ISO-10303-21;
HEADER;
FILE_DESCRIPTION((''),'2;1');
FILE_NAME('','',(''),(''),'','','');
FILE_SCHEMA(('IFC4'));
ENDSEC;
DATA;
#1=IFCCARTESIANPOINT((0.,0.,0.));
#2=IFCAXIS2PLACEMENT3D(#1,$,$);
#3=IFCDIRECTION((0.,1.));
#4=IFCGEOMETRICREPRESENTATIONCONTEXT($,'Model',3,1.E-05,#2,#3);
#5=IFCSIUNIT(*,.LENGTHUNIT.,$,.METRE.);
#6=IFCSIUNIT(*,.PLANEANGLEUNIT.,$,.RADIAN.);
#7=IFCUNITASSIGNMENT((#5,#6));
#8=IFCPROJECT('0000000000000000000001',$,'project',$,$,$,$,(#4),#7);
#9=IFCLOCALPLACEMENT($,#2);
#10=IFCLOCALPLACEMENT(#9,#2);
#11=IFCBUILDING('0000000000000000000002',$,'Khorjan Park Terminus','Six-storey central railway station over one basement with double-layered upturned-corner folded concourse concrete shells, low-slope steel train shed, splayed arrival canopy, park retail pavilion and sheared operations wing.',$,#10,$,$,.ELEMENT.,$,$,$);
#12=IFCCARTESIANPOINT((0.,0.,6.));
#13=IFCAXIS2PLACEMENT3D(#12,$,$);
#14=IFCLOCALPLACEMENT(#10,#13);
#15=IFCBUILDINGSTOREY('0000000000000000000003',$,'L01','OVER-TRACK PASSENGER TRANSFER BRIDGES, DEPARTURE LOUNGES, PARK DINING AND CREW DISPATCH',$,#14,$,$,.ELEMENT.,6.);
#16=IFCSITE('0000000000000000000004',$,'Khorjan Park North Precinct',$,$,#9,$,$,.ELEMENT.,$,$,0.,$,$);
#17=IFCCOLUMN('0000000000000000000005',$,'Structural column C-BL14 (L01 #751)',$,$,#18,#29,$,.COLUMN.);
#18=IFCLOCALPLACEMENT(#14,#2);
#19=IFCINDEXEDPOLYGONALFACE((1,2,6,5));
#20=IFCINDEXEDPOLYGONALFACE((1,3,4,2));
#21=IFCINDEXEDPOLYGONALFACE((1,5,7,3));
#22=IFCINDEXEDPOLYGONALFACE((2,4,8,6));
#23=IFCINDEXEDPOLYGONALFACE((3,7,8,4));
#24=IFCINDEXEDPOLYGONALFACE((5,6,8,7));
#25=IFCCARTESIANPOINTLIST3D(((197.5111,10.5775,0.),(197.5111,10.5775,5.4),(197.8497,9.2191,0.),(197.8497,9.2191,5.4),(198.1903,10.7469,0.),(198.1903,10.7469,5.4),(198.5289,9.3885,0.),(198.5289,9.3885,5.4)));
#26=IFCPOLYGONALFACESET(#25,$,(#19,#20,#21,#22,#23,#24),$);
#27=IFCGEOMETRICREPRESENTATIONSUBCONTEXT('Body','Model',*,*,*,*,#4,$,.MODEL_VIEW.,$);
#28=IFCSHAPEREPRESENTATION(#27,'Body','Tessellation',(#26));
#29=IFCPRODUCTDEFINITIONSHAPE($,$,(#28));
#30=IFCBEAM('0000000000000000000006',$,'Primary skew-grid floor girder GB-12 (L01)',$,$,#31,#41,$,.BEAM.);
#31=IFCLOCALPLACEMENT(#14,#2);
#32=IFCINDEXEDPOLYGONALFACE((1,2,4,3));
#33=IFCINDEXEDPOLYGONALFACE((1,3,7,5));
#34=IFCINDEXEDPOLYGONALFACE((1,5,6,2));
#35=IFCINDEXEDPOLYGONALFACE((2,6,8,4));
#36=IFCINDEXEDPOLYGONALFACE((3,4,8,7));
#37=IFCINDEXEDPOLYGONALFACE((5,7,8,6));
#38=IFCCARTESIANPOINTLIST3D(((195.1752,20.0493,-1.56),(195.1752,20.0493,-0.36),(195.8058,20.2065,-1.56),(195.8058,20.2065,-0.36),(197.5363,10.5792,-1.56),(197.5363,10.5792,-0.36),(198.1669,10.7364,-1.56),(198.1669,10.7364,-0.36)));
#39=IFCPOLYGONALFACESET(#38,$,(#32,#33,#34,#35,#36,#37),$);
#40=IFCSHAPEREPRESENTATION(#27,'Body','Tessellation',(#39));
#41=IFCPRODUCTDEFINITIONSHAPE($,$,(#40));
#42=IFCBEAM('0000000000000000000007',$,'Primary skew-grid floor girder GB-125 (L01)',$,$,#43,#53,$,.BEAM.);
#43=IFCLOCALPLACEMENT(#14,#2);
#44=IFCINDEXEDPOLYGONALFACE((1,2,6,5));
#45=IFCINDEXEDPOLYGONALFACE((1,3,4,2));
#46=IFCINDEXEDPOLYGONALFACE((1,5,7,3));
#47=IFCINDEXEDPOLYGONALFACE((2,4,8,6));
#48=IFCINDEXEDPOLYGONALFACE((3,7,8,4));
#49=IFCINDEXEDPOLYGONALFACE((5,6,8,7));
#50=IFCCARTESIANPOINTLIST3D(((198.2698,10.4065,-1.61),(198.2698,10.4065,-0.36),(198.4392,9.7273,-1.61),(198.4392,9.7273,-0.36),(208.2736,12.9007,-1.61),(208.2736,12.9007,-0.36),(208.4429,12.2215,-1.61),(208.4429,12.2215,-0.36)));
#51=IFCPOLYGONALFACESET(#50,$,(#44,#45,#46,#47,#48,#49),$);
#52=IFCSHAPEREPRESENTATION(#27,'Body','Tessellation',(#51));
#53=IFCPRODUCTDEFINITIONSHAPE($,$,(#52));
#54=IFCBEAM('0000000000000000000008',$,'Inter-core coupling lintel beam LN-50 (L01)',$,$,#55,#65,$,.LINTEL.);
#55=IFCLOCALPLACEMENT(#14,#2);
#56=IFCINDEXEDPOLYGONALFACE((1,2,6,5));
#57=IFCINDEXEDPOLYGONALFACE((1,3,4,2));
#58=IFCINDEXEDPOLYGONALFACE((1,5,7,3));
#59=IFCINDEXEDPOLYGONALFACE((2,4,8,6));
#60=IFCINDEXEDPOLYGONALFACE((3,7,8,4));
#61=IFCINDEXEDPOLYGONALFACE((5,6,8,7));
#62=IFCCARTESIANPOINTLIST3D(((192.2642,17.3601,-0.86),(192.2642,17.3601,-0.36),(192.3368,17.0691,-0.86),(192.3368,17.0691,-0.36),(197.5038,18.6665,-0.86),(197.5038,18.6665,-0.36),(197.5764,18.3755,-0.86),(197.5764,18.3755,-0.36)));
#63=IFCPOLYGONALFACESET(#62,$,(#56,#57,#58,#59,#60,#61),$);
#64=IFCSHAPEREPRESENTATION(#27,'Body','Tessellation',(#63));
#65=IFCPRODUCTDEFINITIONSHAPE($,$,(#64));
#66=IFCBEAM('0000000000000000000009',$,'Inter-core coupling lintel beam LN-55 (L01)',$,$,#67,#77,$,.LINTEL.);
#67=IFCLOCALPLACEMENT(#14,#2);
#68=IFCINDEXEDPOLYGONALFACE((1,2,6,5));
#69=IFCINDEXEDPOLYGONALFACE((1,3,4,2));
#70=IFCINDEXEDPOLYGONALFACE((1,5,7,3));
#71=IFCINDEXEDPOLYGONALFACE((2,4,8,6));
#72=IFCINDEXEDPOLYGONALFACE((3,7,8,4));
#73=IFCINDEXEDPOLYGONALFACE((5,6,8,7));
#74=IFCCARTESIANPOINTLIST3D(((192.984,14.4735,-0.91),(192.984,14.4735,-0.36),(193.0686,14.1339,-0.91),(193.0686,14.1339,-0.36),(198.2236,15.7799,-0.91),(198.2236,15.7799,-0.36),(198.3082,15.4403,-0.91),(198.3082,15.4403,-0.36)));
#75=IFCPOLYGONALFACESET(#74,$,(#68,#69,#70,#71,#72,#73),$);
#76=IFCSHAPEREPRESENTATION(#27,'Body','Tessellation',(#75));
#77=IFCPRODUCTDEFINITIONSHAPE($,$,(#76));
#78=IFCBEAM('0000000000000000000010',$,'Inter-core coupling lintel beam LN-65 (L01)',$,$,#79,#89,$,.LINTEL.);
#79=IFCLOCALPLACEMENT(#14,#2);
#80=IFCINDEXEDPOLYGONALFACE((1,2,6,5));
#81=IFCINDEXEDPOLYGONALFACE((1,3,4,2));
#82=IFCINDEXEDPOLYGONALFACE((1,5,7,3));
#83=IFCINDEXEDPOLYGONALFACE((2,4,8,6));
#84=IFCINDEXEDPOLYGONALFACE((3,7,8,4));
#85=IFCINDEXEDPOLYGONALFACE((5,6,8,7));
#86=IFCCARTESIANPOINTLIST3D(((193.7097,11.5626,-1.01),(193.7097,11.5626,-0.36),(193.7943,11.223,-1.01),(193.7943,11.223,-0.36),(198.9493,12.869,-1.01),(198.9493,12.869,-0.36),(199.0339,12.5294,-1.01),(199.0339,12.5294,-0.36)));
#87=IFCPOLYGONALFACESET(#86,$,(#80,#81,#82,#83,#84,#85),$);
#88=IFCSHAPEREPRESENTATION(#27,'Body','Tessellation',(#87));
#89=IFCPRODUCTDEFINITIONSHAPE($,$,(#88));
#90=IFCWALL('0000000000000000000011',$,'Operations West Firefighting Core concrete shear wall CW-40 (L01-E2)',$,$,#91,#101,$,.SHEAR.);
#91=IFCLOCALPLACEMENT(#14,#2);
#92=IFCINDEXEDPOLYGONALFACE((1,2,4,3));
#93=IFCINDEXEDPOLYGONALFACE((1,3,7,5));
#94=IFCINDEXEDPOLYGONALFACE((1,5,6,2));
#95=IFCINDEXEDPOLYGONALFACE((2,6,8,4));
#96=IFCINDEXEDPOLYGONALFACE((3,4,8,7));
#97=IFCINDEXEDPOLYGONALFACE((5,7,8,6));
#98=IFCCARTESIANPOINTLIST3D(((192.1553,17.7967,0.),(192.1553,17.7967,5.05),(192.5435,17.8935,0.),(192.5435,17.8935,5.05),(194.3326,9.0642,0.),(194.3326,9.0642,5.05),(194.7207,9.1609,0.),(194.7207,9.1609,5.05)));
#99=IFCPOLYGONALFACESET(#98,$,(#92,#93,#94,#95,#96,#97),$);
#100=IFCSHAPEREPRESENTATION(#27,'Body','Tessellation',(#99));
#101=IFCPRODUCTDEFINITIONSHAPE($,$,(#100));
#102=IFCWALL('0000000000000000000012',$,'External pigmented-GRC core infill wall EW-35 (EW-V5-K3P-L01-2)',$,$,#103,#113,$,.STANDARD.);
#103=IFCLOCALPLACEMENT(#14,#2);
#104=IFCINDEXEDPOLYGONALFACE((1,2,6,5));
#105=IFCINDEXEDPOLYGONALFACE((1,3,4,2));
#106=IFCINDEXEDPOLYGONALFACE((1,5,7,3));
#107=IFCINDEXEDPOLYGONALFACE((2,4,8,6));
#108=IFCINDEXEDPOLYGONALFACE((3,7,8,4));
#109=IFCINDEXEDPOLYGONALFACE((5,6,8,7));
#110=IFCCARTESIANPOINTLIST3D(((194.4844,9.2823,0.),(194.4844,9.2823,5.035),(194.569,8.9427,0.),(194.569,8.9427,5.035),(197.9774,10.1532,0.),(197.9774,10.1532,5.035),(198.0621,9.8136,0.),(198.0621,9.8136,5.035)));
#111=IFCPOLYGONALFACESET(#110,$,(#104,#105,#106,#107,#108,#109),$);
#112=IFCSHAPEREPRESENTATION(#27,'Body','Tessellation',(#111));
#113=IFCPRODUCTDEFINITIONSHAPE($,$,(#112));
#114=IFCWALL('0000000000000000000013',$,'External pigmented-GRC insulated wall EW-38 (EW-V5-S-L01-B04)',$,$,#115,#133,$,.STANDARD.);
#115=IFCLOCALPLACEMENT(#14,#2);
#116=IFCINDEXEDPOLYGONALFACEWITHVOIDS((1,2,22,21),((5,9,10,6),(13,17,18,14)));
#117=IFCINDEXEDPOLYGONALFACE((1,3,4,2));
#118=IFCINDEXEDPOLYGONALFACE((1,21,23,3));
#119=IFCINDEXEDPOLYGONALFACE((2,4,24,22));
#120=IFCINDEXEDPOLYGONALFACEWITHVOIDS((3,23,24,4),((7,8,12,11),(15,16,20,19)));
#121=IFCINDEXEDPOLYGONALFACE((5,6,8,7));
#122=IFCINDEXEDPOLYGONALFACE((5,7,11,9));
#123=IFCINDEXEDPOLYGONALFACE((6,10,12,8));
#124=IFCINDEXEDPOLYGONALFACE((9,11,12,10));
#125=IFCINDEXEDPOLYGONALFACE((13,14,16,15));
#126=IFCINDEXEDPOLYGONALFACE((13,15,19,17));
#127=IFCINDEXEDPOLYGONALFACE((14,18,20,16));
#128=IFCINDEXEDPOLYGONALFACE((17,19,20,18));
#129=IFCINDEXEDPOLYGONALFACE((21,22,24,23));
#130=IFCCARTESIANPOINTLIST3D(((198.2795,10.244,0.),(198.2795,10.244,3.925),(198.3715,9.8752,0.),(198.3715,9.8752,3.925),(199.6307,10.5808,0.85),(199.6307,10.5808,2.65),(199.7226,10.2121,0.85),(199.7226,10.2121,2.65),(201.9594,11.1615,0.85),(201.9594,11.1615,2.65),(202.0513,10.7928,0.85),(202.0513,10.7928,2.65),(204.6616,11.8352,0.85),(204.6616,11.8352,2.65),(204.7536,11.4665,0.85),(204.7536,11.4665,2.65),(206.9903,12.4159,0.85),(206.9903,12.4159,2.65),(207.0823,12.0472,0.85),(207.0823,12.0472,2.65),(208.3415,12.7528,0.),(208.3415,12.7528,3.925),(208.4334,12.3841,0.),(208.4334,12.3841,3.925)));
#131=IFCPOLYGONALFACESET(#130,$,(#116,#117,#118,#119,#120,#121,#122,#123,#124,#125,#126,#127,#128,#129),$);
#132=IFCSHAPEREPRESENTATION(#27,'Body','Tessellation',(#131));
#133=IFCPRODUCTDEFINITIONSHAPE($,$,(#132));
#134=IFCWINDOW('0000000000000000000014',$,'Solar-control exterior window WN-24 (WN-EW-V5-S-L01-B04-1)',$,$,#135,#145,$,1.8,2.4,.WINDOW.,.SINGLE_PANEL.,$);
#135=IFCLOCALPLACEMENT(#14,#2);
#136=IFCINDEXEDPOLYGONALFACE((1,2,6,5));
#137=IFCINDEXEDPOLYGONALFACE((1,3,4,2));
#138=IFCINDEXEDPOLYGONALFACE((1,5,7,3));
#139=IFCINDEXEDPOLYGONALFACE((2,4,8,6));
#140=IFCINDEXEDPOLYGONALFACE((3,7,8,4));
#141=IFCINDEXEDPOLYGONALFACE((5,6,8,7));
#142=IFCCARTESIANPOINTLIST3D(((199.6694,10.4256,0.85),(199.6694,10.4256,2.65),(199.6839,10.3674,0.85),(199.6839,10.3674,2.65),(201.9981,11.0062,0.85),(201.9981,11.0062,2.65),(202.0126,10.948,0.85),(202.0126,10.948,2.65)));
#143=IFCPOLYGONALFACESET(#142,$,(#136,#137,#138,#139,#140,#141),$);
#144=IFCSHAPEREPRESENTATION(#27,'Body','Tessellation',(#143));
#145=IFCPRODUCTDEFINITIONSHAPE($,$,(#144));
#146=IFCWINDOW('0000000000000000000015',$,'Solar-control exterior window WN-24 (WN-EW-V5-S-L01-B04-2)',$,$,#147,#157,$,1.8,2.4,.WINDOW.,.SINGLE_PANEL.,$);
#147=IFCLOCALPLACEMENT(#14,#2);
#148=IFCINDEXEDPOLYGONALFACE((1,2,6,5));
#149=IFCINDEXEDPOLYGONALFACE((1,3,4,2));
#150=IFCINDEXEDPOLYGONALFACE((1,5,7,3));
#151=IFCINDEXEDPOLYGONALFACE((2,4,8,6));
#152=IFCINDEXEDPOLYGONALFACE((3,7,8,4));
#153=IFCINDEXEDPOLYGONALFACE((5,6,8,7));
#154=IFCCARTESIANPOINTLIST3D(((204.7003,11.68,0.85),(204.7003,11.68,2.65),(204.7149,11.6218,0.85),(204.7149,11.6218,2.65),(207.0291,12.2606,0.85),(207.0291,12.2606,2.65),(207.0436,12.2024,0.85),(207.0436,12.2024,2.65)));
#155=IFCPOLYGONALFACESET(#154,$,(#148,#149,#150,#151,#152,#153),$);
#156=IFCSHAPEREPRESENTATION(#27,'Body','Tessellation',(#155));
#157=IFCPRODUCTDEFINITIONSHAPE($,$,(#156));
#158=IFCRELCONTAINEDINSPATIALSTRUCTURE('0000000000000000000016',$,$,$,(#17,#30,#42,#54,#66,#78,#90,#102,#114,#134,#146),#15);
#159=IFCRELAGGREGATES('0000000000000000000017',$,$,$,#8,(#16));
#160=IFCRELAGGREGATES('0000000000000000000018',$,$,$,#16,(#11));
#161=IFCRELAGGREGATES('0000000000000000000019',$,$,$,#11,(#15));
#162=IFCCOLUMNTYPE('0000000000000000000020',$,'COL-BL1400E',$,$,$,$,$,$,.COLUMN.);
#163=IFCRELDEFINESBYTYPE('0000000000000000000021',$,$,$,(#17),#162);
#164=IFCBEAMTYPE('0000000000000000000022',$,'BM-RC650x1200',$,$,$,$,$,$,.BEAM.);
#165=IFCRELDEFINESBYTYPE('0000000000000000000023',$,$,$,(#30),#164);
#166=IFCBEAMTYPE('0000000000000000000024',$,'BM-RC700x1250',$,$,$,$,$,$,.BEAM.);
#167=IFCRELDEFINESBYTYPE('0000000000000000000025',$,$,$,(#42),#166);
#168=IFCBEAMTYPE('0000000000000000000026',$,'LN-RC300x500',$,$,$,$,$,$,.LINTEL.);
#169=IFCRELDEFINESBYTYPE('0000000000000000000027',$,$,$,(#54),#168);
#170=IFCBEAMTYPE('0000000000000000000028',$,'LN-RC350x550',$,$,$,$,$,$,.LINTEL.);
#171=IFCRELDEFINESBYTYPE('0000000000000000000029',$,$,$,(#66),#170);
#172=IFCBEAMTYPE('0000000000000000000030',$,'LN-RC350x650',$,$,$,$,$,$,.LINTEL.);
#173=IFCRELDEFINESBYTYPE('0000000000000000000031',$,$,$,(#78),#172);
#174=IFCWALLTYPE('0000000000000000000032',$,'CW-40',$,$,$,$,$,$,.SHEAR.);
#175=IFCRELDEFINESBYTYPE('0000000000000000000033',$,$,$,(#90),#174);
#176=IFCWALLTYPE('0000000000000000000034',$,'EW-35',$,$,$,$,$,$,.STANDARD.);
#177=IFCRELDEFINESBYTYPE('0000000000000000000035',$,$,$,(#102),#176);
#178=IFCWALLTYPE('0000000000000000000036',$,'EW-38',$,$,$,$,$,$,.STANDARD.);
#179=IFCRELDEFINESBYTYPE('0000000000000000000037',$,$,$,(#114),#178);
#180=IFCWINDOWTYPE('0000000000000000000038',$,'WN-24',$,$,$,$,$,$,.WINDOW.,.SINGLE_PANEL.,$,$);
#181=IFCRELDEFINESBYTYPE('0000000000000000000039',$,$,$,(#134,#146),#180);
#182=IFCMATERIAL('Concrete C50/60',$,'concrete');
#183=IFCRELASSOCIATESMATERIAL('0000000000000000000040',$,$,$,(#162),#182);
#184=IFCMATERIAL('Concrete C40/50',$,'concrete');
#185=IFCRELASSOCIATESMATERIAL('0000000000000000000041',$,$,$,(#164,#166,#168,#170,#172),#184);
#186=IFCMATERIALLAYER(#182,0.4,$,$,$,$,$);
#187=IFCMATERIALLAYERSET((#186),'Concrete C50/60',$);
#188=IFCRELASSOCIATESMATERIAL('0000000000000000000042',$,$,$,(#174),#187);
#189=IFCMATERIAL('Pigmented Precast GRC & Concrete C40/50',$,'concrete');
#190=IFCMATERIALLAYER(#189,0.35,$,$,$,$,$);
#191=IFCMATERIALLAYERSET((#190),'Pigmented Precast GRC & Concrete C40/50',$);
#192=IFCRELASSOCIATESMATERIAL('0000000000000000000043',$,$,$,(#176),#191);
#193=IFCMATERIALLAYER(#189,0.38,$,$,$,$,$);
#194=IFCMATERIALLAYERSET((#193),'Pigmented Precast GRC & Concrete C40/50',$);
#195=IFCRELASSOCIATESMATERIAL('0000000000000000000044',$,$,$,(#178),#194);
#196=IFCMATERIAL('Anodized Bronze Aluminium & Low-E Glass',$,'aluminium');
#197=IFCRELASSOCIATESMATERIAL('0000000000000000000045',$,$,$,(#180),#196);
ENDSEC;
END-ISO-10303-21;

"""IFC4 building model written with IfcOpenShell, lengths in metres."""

from ifc_helpers import new_model, si_unit, direction, frame, frame_2d, origin, origin_2d, place, context, subcontext, project, spatial, rectangle, extrude, material, layer, layer_set, material_profile, profile_set, type_object, element, fill, save


model = new_model("IFC4")

# Units and contexts
model_context = context("Model", 3, precision=1e-05, world=origin(), true_north=direction((0.0, 1.0)))
body_context = subcontext(model_context, "Body", "Model", "MODEL_VIEW")
ifc_project = project(units=[si_unit("LENGTHUNIT", "METRE"), si_unit("PLANEANGLEUNIT", "RADIAN")], contexts=[model_context])

# Site, building, storey
site_placement = place(None, origin())
site = spatial("IfcSite", under=ifc_project, at=site_placement, Name="Khorjan Park North Precinct", CompositionType="ELEMENT", RefElevation=0.0)
building_placement = place(site_placement, origin())
building = spatial("IfcBuilding", under=site, at=building_placement, Name="Khorjan Park Terminus", Description="Six-storey central railway station over one basement with double-layered upturned-corner folded concourse concrete shells, low-slope steel train shed, splayed arrival canopy, park retail pavilion and sheared operations wing.", CompositionType="ELEMENT")
storey_placement = place(building_placement, frame((0.0, 0.0, 6.0)))
storey = spatial("IfcBuildingStorey", under=building, at=storey_placement, Name="L01", Description="OVER-TRACK PASSENGER TRANSFER BRIDGES, DEPARTURE LOUNGES, PARK DINING AND CREW DISPATCH", CompositionType="ELEMENT", Elevation=6.0)

# Column
ifc_material_1 = material(Name="Concrete C50/60", Category="concrete")
ifc_material_profile_1 = material_profile(ifc_material_1, rectangle(XDim=0.7, YDim=1.4, at=origin_2d()), Name="RC 700x1400")
ifc_profile_set_1 = profile_set([ifc_material_profile_1], Name="Concrete C50/60")
column_type = type_object("IfcColumnType", Name="COL-BL1400E", PredefinedType="COLUMN", material=ifc_profile_set_1)
column_placement = place(storey_placement, frame((198.02, 9.983, 0.0), z_axis=(0.0, 0.0, 1.0), x_axis=(0.970296, 0.241922, 0.0)))
element("IfcColumn", 1, at=column_placement, inside=storey, type_object=column_type, Name="Structural column C-BL14 (L01 #751)", PredefinedType="COLUMN", context=body_context, shape_type="SweptSolid", body=[
    extrude(rectangle(XDim=0.7, YDim=1.4, at=origin_2d()), origin(), (0.0, 0.0, 1.0), 5.4),
])

# Beams
ifc_material_2 = material(Name="Concrete C40/50", Category="concrete")
ifc_material_profile_2 = material_profile(ifc_material_2, rectangle(XDim=0.65, YDim=1.2, at=origin_2d()), Name="RC 650x1200")
ifc_profile_set_2 = profile_set([ifc_material_profile_2], Name="Concrete C40/50")
beam_type_1 = type_object("IfcBeamType", Name="BM-RC650x1200", PredefinedType="BEAM", material=ifc_profile_set_2)
beam_1_placement = place(storey_placement, frame((197.8516, 10.6578, -0.96), z_axis=(-0.241916, 0.970297, 0.0), x_axis=(-0.970297, -0.241916, 0.0)))
element("IfcBeam", 2, at=beam_1_placement, inside=storey, type_object=beam_type_1, Name="Primary skew-grid floor girder GB-12 (L01)", PredefinedType="BEAM", context=body_context, shape_type="SweptSolid", body=[
    extrude(rectangle(XDim=0.65, YDim=1.2, at=origin_2d()), origin(), (0.0, 0.0, 1.0), 9.76),
])
ifc_material_profile_3 = material_profile(ifc_material_2, rectangle(XDim=0.7, YDim=1.25, at=origin_2d()), Name="RC 700x1250")
ifc_profile_set_3 = profile_set([ifc_material_profile_3], Name="Concrete C40/50")
beam_type_2 = type_object("IfcBeamType", Name="BM-RC700x1250", PredefinedType="BEAM", material=ifc_profile_set_3)
beam_2_placement = place(storey_placement, frame((198.3545, 10.0669, -0.985), z_axis=(0.970296, 0.241919, 0.0), x_axis=(-0.241919, 0.970296, 0.0)))
element("IfcBeam", 3, at=beam_2_placement, inside=storey, type_object=beam_type_2, Name="Primary skew-grid floor girder GB-125 (L01)", PredefinedType="BEAM", context=body_context, shape_type="SweptSolid", body=[
    extrude(rectangle(XDim=0.7, YDim=1.25, at=origin_2d()), origin(), (0.0, 0.0, 1.0), 10.31),
])
ifc_material_profile_4 = material_profile(ifc_material_2, rectangle(XDim=0.3, YDim=0.5, at=origin_2d()), Name="RC 300x500")
ifc_profile_set_4 = profile_set([ifc_material_profile_4], Name="Concrete C40/50")
beam_type_3 = type_object("IfcBeamType", Name="LN-RC300x500", PredefinedType="LINTEL", material=ifc_profile_set_4)
beam_3_placement = place(storey_placement, frame((192.3005, 17.2146, -0.61), z_axis=(0.970295, 0.241926, 0.0), x_axis=(-0.241926, 0.970295, 0.0)))
element("IfcBeam", 4, at=beam_3_placement, inside=storey, type_object=beam_type_3, Name="Inter-core coupling lintel beam LN-50 (L01)", PredefinedType="LINTEL", context=body_context, shape_type="SweptSolid", body=[
    extrude(rectangle(XDim=0.3, YDim=0.5, at=origin_2d()), origin(), (0.0, 0.0, 1.0), 5.4),
])
ifc_material_profile_5 = material_profile(ifc_material_2, rectangle(XDim=0.35, YDim=0.55, at=origin_2d()), Name="RC 350x550")
ifc_profile_set_5 = profile_set([ifc_material_profile_5], Name="Concrete C40/50")
beam_type_4 = type_object("IfcBeamType", Name="LN-RC350x550", PredefinedType="LINTEL", material=ifc_profile_set_5)
beam_4_placement = place(storey_placement, frame((193.0263, 14.3037, -0.635), z_axis=(0.970295, 0.241926, 0.0), x_axis=(-0.241926, 0.970295, 0.0)))
element("IfcBeam", 5, at=beam_4_placement, inside=storey, type_object=beam_type_4, Name="Inter-core coupling lintel beam LN-55 (L01)", PredefinedType="LINTEL", context=body_context, shape_type="SweptSolid", body=[
    extrude(rectangle(XDim=0.35, YDim=0.55, at=origin_2d()), origin(), (0.0, 0.0, 1.0), 5.4),
])
ifc_material_profile_6 = material_profile(ifc_material_2, rectangle(XDim=0.35, YDim=0.65, at=origin_2d()), Name="RC 350x650")
ifc_profile_set_6 = profile_set([ifc_material_profile_6], Name="Concrete C40/50")
beam_type_5 = type_object("IfcBeamType", Name="LN-RC350x650", PredefinedType="LINTEL", material=ifc_profile_set_6)
beam_5_placement = place(storey_placement, frame((193.752, 11.3928, -0.685), z_axis=(0.970295, 0.241926, 0.0), x_axis=(-0.241926, 0.970295, 0.0)))
element("IfcBeam", 6, at=beam_5_placement, inside=storey, type_object=beam_type_5, Name="Inter-core coupling lintel beam LN-65 (L01)", PredefinedType="LINTEL", context=body_context, shape_type="SweptSolid", body=[
    extrude(rectangle(XDim=0.35, YDim=0.65, at=origin_2d()), origin(), (0.0, 0.0, 1.0), 5.4),
])

# Walls
ifc_layer_1 = layer(ifc_material_1, 0.4)
ifc_layer_set_1 = layer_set([ifc_layer_1], Name="Concrete C50/60")
wall_type_1 = type_object("IfcWallType", Name="CW-40", PredefinedType="SHEAR", material=ifc_layer_set_1)
wall_1_placement = place(storey_placement, frame((194.5267, 9.1125, 0.0), z_axis=(0.0, 0.0, 1.0), x_axis=(-0.241924, 0.970295, 0.0)))
element("IfcWall", 7, at=wall_1_placement, inside=storey, type_object=wall_type_1, Name="Operations West Firefighting Core concrete shear wall CW-40 (L01-E2)", PredefinedType="SHEAR", context=body_context, shape_type="SweptSolid", body=[
    extrude(rectangle(XDim=8.9999, YDim=0.4, at=frame_2d((4.5, 0.0))), origin(), (0.0, 0.0, 1.0), 5.05),
])
ifc_material_3 = material(Name="Pigmented Precast GRC & Concrete C40/50", Category="concrete")
ifc_layer_2 = layer(ifc_material_3, 0.35)
ifc_layer_set_2 = layer_set([ifc_layer_2], Name="Pigmented Precast GRC & Concrete C40/50")
wall_type_2 = type_object("IfcWallType", Name="EW-35", PredefinedType="STANDARD", material=ifc_layer_set_2)
wall_2_placement = place(storey_placement, frame((194.5267, 9.1125, 0.0), z_axis=(0.0, 0.0, 1.0), x_axis=(0.970298, 0.241915, 0.0)))
element("IfcWall", 8, at=wall_2_placement, inside=storey, type_object=wall_type_2, Name="External pigmented-GRC core infill wall EW-35 (EW-V5-K3P-L01-2)", PredefinedType="STANDARD", context=body_context, shape_type="SweptSolid", body=[
    extrude(rectangle(XDim=3.6, YDim=0.35, at=frame_2d((1.8, 0.0))), origin(), (0.0, 0.0, 1.0), 5.035),
])

# Wall, openings, windows
ifc_layer_3 = layer(ifc_material_3, 0.38)
ifc_layer_set_3 = layer_set([ifc_layer_3], Name="Pigmented Precast GRC & Concrete C40/50")
wall_type_3 = type_object("IfcWallType", Name="EW-38", PredefinedType="STANDARD", material=ifc_layer_set_3)
wall_3_placement = place(storey_placement, frame((198.3255, 10.0596, 0.0), z_axis=(0.0, 0.0, 1.0), x_axis=(0.970294, 0.24193, 0.0)))
wall_3 = element("IfcWall", 9, at=wall_3_placement, inside=storey, type_object=wall_type_3, Name="External pigmented-GRC insulated wall EW-38 (EW-V5-S-L01-B04)", PredefinedType="STANDARD", context=body_context, shape_type="SweptSolid", body=[
    extrude(rectangle(XDim=10.37, YDim=0.38, at=frame_2d((5.185, 0.0))), origin(), (0.0, 0.0, 1.0), 3.925),
])
opening_1_placement = place(wall_3_placement, frame((1.3925, 0.0, 0.85)))
opening_1 = element("IfcOpeningElement", 10, at=opening_1_placement, cuts=wall_3, PredefinedType="OPENING", context=body_context, shape_type="SweptSolid", body=[
    extrude(rectangle(XDim=2.4, YDim=1.8, at=frame_2d((1.2, 0.9))), frame((0.0, 0.2, 0.0), z_axis=(0.0, -1.0, 0.0), x_axis=(1.0, 0.0, 0.0)), (0.0, 0.0, 1.0), 0.4),
])
opening_2_placement = place(wall_3_placement, frame((6.5775, 0.0, 0.85)))
opening_2 = element("IfcOpeningElement", 11, at=opening_2_placement, cuts=wall_3, PredefinedType="OPENING", context=body_context, shape_type="SweptSolid", body=[
    extrude(rectangle(XDim=2.4, YDim=1.8, at=frame_2d((1.2, 0.9))), frame((0.0, 0.2, 0.0), z_axis=(0.0, -1.0, 0.0), x_axis=(1.0, 0.0, 0.0)), (0.0, 0.0, 1.0), 0.4),
])
ifc_material_4 = material(Name="Anodized Bronze Aluminium & Low-E Glass", Category="aluminium")
window_type = type_object("IfcWindowType", Name="WN-24", PartitioningType="SINGLE_PANEL", PredefinedType="WINDOW", material=ifc_material_4)
window_1_placement = place(opening_1_placement, origin())
window_1 = element("IfcWindow", 12, at=window_1_placement, inside=storey, type_object=window_type, Name="Solar-control exterior window WN-24 (WN-EW-V5-S-L01-B04-1)", OverallHeight=1.8, OverallWidth=2.4, PartitioningType="SINGLE_PANEL", PredefinedType="WINDOW", context=body_context, shape_type="SweptSolid", body=[
    extrude(rectangle(XDim=2.4, YDim=1.8, at=frame_2d((1.2, 0.9))), frame((0.0, 0.03, 0.0), z_axis=(0.0, -1.0, 0.0), x_axis=(1.0, 0.0, 0.0)), (0.0, 0.0, 1.0), 0.06),
])
fill(opening_1, window_1)
window_2_placement = place(opening_2_placement, origin())
window_2 = element("IfcWindow", 13, at=window_2_placement, inside=storey, type_object=window_type, Name="Solar-control exterior window WN-24 (WN-EW-V5-S-L01-B04-2)", OverallHeight=1.8, OverallWidth=2.4, PartitioningType="SINGLE_PANEL", PredefinedType="WINDOW", context=body_context, shape_type="SweptSolid", body=[
    extrude(rectangle(XDim=2.4, YDim=1.8, at=frame_2d((1.2, 0.9))), frame((0.0, 0.03, 0.0), z_axis=(0.0, -1.0, 0.0), x_axis=(1.0, 0.0, 0.0)), (0.0, 0.0, 1.0), 0.06),
])
fill(opening_2, window_2)

save(model, "model.ifc")
